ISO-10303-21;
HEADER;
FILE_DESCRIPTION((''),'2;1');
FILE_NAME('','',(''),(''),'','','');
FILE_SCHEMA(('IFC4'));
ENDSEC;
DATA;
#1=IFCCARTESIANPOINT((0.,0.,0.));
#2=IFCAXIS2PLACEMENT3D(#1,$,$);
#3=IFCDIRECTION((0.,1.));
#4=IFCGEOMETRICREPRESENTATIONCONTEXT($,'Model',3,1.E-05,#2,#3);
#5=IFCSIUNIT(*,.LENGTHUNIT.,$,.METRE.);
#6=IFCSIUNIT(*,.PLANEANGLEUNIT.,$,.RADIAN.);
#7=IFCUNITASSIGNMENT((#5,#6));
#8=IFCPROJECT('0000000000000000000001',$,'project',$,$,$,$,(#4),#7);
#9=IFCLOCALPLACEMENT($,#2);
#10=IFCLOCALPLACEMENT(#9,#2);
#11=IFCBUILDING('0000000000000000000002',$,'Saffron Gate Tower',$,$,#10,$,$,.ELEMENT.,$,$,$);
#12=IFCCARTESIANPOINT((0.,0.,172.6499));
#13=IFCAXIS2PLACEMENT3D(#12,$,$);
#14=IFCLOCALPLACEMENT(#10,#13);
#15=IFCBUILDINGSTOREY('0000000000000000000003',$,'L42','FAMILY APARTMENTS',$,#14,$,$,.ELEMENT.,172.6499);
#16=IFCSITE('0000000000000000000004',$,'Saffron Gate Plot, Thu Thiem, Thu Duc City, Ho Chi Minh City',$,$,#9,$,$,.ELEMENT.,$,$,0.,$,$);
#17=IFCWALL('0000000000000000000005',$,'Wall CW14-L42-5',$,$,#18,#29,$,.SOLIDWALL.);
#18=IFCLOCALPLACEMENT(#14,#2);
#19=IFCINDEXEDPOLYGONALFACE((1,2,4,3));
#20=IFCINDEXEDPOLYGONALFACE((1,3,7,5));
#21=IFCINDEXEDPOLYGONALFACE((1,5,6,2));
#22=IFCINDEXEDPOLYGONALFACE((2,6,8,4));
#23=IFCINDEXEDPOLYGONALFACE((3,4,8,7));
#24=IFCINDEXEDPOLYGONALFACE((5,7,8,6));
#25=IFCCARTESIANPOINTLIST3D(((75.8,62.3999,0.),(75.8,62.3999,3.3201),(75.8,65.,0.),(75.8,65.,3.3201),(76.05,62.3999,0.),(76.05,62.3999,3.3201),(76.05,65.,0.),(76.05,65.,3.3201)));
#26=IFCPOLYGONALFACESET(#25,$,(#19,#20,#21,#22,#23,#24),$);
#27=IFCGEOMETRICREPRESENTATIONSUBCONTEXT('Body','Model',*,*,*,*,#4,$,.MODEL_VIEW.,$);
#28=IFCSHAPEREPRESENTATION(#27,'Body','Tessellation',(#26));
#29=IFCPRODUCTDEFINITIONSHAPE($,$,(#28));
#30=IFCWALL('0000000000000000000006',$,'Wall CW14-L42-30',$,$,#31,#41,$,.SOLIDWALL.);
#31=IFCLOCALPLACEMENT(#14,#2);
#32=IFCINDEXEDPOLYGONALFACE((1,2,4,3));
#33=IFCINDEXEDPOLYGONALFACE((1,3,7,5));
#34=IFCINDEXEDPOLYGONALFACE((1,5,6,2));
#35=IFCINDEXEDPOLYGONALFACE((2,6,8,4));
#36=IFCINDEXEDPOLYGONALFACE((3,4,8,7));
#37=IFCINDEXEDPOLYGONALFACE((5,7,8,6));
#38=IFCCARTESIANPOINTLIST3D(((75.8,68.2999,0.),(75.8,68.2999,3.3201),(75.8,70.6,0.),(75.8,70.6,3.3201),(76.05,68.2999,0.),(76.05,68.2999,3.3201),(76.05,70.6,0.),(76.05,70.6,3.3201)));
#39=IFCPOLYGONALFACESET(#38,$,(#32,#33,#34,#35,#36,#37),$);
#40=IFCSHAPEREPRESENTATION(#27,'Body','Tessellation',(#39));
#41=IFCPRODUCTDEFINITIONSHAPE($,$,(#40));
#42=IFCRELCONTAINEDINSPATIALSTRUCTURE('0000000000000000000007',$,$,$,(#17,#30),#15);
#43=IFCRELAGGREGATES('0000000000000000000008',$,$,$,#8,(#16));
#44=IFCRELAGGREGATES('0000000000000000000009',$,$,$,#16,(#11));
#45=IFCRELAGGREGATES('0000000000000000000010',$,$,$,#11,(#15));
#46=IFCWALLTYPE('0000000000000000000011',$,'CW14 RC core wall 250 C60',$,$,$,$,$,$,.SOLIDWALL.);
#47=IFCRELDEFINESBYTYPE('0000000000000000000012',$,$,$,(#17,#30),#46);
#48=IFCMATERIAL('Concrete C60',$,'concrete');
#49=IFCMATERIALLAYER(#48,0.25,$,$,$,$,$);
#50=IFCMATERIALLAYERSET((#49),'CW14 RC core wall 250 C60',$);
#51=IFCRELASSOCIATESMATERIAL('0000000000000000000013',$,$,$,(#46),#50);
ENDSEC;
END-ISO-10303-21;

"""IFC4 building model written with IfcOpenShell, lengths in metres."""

from ifc_helpers import new_model, si_unit, direction, frame, frame_2d, origin, place, context, subcontext, project, spatial, rectangle, extrude, material, layer, layer_set, type_object, element, save


model = new_model("IFC4")

# Units and contexts
model_context = context("Model", 3, precision=1e-05, world=origin(), true_north=direction((0.0, 1.0)))
body_context = subcontext(model_context, "Body", "Model", "MODEL_VIEW")
ifc_project = project(units=[si_unit("LENGTHUNIT", "METRE"), si_unit("PLANEANGLEUNIT", "RADIAN")], contexts=[model_context])

# Site, building, storey
site_placement = place(None, origin())
site = spatial("IfcSite", under=ifc_project, at=site_placement, Name="Saffron Gate Plot, Thu Thiem, Thu Duc City, Ho Chi Minh City", CompositionType="ELEMENT", RefElevation=0.0)
building_placement = place(site_placement, origin())
building = spatial("IfcBuilding", under=site, at=building_placement, Name="Saffron Gate Tower", CompositionType="ELEMENT")
storey_placement = place(building_placement, frame((0.0, 0.0, 172.6499)))
storey = spatial("IfcBuildingStorey", under=building, at=storey_placement, Name="L42", Description="FAMILY APARTMENTS", CompositionType="ELEMENT", Elevation=172.6499)

# Walls
ifc_material_1 = material(Name="Concrete C60", Category="concrete")
ifc_layer_1 = layer(ifc_material_1, 0.25)
ifc_layer_set_1 = layer_set([ifc_layer_1], Name="CW14 RC core wall 250 C60")
wall_type_1 = type_object("IfcWallType", Name="CW14 RC core wall 250 C60", PredefinedType="SOLIDWALL", material=ifc_layer_set_1)
wall_1_placement = place(storey_placement, frame((75.925, 62.3999, 0.0), z_axis=(0.0, 0.0, 1.0), x_axis=(0.0, 1.0, 0.0)))
element("IfcWall", 1, at=wall_1_placement, inside=storey, type_object=wall_type_1, Name="Wall CW14-L42-5", PredefinedType="SOLIDWALL", context=body_context, shape_type="SweptSolid", body=[
    extrude(rectangle(XDim=2.6001, YDim=0.25, at=frame_2d((1.3, 0.0))), origin(), (0.0, 0.0, 1.0), 3.3201),
])
wall_2_placement = place(storey_placement, frame((75.925, 68.3, 0.0), z_axis=(0.0, 0.0, 1.0), x_axis=(0.0, 1.0, 0.0)))
element("IfcWall", 2, at=wall_2_placement, inside=storey, type_object=wall_type_1, Name="Wall CW14-L42-30", PredefinedType="SOLIDWALL", context=body_context, shape_type="SweptSolid", body=[
    extrude(rectangle(XDim=2.3, YDim=0.25, at=frame_2d((1.1499, 0.0))), origin(), (0.0, 0.0, 1.0), 3.3201),
])

save(model, "model.ifc")
